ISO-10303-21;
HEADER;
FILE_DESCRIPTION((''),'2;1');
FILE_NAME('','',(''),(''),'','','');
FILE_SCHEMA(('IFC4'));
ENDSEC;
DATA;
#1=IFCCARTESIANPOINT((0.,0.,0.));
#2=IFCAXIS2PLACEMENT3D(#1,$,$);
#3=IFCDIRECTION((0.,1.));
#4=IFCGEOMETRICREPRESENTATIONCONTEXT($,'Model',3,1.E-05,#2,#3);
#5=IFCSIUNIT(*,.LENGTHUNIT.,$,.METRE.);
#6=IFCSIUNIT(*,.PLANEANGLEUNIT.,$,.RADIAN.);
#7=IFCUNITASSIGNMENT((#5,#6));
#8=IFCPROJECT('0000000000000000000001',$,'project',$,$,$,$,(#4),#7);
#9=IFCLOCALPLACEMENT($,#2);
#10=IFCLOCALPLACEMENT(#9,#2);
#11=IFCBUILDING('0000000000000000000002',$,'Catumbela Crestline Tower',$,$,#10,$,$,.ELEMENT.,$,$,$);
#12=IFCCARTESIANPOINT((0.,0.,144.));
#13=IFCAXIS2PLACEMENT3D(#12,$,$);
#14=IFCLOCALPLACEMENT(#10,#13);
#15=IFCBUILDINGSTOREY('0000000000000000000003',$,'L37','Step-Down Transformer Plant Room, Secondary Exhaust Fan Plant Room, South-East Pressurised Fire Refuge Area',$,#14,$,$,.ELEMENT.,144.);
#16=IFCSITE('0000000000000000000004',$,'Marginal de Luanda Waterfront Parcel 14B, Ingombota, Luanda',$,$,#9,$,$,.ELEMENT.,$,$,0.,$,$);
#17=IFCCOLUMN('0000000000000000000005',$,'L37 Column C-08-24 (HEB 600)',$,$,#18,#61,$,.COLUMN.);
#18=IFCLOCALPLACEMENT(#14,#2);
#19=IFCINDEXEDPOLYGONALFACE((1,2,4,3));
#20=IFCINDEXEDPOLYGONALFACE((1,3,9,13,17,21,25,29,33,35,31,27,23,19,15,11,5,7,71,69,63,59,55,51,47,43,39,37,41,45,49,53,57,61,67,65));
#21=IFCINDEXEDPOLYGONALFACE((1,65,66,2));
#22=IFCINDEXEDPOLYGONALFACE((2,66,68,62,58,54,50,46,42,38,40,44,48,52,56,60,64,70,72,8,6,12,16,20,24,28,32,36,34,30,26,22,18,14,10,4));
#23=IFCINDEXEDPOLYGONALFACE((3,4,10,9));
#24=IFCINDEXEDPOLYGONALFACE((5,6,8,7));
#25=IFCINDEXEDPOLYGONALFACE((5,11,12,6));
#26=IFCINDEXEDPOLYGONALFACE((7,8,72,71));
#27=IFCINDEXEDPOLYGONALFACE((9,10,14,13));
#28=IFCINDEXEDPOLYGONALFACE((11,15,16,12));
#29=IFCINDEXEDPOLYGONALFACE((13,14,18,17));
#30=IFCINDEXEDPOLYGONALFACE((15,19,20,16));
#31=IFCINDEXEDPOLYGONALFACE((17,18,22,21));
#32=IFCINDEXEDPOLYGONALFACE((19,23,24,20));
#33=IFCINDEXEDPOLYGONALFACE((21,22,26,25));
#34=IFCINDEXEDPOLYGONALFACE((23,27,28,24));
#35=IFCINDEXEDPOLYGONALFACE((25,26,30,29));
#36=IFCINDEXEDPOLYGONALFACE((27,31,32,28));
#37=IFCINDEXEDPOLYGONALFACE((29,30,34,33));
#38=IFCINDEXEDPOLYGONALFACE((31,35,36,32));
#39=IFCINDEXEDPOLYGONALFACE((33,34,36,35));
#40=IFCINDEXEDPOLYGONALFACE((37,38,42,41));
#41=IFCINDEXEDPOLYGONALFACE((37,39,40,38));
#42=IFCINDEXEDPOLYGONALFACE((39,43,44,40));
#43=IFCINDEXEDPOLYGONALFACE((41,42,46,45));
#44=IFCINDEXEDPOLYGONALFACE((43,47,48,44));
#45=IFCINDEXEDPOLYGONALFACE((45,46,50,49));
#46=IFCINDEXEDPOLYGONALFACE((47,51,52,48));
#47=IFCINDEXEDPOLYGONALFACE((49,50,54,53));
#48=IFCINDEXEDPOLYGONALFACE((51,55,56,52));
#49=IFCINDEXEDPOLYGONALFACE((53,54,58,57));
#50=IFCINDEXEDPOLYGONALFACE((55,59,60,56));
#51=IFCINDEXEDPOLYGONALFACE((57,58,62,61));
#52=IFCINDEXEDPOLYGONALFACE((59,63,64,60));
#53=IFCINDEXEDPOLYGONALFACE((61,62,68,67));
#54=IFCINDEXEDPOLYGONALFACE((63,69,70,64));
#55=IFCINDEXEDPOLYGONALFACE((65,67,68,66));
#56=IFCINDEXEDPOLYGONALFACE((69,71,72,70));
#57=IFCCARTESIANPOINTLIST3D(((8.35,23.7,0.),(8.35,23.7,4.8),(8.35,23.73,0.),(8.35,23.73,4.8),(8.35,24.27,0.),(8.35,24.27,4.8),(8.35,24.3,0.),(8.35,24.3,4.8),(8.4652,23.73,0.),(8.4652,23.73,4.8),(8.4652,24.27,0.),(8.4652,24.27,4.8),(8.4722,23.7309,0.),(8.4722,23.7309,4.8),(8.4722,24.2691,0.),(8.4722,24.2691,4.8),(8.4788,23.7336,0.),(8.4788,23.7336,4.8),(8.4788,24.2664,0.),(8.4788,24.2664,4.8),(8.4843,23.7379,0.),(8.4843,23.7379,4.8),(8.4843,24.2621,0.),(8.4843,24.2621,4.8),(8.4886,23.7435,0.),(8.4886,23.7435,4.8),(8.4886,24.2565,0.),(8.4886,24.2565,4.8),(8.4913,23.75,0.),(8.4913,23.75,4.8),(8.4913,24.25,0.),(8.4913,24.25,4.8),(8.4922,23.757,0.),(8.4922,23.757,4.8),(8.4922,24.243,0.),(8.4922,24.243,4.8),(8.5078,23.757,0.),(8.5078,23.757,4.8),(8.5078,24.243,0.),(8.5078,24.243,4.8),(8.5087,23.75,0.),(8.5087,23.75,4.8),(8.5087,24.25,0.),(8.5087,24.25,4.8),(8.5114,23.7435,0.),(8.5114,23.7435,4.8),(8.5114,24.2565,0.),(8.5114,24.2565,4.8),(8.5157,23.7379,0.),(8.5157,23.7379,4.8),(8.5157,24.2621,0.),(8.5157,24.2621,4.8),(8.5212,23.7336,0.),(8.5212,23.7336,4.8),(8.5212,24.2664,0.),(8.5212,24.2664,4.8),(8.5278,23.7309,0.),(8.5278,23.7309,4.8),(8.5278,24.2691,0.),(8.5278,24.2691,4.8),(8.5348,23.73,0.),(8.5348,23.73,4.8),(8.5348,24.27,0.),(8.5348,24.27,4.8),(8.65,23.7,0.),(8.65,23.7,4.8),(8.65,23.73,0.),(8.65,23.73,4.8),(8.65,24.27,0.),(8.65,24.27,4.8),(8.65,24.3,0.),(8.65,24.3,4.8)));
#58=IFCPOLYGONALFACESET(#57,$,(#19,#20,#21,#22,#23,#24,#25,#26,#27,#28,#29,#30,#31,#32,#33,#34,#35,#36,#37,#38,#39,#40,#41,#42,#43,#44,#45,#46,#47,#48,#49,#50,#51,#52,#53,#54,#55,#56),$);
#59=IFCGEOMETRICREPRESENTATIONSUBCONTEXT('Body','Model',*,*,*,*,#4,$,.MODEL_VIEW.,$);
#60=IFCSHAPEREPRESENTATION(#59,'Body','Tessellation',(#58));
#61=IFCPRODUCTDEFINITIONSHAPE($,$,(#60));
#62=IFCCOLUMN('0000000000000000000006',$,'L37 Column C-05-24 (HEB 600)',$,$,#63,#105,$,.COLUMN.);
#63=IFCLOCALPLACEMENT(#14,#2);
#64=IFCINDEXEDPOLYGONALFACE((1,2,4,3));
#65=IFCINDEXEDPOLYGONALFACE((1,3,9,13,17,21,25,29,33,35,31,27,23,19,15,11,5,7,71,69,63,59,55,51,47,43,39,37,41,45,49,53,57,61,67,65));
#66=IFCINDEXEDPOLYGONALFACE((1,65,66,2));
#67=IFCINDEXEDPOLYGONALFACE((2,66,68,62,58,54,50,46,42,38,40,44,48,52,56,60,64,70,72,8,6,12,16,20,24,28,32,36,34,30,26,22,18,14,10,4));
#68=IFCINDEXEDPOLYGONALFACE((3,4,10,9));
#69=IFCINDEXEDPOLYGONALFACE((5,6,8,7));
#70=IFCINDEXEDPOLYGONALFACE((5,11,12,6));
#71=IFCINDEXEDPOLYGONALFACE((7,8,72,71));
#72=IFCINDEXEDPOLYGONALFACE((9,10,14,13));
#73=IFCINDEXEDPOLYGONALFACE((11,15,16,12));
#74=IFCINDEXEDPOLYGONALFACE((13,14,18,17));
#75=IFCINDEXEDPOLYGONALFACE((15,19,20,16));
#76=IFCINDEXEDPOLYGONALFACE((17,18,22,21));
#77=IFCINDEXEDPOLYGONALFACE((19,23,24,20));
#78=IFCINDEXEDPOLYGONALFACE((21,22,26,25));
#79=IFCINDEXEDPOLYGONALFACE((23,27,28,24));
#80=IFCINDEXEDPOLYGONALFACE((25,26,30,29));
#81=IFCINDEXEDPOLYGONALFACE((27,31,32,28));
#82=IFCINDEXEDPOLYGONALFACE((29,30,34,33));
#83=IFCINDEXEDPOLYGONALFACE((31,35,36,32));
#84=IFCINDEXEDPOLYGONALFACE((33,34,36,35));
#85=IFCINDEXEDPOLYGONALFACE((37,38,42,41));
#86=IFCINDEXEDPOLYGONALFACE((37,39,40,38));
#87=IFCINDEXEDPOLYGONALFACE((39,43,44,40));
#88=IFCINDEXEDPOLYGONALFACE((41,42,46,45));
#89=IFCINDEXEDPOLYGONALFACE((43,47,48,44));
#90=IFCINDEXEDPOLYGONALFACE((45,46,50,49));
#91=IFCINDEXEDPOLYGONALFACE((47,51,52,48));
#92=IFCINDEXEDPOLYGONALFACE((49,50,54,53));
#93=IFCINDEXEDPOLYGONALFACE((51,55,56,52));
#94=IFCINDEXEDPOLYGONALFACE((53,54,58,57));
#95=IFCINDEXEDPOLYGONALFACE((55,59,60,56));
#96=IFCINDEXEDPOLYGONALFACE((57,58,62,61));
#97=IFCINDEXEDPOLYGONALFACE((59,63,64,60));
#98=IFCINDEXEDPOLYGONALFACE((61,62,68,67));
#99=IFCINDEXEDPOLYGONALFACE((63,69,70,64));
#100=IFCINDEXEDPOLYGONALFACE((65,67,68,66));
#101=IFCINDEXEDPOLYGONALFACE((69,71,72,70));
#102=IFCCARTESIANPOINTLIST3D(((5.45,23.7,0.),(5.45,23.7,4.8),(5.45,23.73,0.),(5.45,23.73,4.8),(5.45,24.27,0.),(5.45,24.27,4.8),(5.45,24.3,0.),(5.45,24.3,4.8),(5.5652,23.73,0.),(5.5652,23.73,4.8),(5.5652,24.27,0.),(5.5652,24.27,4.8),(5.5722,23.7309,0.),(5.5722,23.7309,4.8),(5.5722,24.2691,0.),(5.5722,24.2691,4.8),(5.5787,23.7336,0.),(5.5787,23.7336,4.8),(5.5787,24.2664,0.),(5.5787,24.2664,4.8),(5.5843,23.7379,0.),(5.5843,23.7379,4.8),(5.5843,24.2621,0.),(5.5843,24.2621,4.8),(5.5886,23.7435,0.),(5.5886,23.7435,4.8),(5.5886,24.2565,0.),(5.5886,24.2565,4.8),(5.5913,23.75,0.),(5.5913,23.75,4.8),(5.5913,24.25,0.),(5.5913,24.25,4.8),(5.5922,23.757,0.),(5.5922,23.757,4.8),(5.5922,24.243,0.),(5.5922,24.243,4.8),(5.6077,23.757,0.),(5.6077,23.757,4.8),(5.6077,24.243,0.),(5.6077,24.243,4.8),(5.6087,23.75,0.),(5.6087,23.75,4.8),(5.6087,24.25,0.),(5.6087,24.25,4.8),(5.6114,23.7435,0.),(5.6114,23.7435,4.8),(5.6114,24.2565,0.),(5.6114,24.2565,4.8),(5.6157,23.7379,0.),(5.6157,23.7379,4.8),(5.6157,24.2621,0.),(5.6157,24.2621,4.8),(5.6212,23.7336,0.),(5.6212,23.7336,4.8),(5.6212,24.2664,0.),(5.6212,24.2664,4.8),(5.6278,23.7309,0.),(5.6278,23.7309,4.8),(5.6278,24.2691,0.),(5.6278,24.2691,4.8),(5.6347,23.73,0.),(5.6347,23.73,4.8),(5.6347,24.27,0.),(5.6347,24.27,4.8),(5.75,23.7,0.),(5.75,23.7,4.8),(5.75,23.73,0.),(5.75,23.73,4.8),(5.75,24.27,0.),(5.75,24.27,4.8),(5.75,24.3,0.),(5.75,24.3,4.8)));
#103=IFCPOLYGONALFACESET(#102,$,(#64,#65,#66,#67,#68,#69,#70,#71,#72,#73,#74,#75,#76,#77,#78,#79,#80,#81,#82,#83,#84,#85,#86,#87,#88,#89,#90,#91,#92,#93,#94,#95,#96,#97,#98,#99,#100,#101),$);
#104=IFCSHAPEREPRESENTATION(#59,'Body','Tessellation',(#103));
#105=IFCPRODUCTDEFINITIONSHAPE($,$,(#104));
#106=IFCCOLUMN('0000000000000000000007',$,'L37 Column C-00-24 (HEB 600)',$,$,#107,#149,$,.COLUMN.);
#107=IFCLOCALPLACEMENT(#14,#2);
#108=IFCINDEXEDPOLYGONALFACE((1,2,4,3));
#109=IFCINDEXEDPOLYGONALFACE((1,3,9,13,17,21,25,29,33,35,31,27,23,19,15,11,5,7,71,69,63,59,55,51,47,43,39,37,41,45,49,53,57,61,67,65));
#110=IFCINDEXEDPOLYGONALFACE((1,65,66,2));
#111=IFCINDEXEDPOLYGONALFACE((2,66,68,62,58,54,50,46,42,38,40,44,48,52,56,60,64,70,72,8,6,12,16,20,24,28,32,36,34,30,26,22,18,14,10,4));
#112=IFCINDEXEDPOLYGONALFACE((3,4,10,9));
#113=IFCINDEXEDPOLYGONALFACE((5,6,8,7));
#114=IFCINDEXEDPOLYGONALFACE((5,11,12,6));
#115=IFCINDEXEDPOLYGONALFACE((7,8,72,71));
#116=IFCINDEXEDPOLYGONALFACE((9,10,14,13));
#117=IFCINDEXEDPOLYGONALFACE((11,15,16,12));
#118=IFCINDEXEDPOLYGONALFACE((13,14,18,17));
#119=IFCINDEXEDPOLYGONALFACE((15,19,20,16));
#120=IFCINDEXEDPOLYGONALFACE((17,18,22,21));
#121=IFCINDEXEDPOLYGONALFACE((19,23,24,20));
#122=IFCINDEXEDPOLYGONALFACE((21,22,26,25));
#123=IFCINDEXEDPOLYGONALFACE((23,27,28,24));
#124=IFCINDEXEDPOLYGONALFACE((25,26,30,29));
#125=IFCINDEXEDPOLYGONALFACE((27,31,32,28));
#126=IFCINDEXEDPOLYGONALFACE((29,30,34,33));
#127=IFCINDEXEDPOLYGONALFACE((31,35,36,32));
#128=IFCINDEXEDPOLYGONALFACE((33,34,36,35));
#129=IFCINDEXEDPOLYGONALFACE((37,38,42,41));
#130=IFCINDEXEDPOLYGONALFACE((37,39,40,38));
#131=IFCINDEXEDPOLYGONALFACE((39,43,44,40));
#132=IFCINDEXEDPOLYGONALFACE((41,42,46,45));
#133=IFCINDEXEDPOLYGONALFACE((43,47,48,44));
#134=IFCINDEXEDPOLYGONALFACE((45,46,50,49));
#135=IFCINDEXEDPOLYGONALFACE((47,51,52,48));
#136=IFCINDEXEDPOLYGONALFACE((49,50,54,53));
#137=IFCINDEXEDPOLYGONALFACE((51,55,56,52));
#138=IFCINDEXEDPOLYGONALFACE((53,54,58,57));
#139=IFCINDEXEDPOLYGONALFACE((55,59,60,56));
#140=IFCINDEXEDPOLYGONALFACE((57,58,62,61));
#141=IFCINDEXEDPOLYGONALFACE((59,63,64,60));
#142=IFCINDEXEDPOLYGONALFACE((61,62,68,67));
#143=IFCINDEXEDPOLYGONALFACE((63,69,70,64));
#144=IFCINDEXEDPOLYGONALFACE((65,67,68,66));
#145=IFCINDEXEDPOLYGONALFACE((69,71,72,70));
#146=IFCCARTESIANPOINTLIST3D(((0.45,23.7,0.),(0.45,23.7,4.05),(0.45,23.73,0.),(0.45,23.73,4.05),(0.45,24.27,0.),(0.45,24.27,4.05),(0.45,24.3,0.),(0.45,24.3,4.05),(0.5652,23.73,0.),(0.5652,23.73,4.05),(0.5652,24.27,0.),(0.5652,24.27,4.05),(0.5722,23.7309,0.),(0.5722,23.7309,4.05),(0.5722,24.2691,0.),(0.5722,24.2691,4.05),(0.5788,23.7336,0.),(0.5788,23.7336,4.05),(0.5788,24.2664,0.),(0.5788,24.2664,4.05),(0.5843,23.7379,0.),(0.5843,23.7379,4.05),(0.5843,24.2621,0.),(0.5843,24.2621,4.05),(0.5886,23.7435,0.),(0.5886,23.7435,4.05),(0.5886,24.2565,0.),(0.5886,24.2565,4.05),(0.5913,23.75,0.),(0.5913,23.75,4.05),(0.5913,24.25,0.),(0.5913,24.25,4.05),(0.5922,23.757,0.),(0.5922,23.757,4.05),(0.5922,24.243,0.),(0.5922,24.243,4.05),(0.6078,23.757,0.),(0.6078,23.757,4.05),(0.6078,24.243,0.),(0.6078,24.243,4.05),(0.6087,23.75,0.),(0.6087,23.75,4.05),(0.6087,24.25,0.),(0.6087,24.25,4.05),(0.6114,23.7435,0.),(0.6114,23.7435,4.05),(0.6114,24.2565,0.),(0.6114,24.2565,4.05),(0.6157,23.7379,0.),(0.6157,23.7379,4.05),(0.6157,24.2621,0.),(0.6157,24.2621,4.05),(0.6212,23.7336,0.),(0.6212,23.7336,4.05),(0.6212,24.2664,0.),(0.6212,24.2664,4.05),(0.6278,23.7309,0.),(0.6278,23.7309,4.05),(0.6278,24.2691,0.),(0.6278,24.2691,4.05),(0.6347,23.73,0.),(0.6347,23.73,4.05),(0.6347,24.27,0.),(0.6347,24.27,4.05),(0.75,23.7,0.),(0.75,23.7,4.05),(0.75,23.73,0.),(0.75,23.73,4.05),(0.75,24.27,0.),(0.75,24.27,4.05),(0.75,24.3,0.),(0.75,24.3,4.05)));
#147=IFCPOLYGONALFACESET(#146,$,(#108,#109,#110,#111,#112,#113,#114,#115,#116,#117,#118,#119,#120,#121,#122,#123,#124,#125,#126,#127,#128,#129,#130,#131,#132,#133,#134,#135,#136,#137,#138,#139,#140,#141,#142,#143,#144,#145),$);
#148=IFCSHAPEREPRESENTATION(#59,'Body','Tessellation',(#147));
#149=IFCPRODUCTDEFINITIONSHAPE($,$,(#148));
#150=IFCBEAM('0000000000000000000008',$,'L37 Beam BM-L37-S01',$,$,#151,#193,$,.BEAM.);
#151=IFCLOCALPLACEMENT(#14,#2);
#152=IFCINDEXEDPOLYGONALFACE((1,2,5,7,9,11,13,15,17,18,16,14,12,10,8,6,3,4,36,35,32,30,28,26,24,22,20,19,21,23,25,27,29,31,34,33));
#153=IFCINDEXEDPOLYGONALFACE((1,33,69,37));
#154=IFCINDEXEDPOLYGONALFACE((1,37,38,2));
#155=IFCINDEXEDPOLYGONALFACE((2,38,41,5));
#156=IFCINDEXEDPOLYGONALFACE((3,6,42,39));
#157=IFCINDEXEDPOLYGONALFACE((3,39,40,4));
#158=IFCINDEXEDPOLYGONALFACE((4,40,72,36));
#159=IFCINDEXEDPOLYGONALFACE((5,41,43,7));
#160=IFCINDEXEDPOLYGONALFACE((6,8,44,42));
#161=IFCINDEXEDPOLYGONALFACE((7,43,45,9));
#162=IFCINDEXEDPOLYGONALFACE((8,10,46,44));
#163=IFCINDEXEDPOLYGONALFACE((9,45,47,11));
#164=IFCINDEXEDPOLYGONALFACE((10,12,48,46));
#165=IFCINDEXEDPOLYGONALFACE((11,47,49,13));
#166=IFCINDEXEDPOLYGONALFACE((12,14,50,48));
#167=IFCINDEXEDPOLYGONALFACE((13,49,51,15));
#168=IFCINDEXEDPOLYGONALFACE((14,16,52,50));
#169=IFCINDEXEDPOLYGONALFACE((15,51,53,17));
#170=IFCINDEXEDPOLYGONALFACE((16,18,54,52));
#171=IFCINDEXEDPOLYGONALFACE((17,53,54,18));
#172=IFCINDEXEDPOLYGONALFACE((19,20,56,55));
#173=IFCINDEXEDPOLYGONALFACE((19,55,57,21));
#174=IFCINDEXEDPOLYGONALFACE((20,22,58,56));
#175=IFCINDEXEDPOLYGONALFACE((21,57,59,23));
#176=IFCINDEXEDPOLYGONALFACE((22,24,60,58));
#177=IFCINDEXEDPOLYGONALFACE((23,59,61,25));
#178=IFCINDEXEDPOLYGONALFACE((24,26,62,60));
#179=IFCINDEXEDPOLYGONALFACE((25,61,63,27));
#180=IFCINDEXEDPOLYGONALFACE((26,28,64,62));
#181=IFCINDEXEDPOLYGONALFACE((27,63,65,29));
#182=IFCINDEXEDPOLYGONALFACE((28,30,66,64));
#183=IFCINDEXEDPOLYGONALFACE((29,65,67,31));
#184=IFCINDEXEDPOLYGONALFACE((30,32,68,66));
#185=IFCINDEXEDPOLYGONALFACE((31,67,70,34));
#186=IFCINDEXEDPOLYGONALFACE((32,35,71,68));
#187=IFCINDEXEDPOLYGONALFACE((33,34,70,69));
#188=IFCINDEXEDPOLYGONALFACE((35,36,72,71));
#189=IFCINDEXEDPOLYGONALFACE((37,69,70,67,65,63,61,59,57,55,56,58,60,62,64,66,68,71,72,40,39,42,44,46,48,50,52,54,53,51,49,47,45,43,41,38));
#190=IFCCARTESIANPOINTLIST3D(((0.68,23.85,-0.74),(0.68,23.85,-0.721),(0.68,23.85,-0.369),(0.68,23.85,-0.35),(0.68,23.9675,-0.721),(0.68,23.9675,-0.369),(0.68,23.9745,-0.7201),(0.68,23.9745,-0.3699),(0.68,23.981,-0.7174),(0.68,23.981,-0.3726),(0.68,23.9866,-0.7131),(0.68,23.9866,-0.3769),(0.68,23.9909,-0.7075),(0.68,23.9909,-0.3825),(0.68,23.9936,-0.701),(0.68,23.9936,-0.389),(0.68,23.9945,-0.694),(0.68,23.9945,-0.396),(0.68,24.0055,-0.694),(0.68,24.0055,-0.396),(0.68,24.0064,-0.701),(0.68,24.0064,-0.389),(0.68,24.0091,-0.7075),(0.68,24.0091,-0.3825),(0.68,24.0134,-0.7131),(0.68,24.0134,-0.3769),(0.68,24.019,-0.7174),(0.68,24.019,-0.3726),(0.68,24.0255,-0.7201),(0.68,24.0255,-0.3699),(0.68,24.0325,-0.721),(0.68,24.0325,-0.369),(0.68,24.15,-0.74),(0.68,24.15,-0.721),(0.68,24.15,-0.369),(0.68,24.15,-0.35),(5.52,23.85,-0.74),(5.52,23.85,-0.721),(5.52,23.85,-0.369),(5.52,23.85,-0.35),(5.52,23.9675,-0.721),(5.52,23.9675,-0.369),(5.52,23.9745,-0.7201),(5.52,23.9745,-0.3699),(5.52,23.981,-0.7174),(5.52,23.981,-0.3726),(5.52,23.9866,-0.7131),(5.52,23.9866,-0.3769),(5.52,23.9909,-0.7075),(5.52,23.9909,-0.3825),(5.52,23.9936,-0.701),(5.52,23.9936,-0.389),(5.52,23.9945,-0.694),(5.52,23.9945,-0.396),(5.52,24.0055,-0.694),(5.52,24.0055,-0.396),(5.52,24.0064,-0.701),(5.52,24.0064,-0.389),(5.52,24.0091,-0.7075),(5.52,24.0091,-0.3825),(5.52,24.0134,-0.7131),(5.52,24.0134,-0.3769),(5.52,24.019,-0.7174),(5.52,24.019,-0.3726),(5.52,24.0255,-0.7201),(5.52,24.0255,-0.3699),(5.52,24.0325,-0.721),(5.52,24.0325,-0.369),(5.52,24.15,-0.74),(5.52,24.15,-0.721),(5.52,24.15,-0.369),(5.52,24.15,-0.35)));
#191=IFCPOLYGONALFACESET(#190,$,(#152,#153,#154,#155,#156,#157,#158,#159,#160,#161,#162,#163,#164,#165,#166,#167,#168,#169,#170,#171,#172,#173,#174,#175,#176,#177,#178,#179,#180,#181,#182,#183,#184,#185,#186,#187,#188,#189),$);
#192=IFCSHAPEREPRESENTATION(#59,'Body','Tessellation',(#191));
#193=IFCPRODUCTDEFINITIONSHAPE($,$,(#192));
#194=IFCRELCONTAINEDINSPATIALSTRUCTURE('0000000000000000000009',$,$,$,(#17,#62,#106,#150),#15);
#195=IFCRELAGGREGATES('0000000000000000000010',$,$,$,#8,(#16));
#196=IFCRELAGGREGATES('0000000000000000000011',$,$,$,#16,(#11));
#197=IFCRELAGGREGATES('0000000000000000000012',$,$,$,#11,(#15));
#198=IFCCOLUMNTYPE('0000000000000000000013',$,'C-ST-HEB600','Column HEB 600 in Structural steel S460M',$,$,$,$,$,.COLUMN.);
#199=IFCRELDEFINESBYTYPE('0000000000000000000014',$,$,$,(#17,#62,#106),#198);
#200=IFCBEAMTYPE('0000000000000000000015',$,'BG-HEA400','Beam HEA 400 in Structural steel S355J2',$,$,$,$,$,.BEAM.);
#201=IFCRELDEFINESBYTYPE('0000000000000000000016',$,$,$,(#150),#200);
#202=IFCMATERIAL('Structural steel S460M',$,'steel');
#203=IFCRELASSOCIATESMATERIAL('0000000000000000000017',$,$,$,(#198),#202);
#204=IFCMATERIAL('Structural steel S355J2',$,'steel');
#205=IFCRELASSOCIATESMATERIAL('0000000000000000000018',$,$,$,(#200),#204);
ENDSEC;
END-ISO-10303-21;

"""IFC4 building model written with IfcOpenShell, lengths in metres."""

from ifc_helpers import new_model, si_unit, direction, frame, origin, origin_2d, place, context, subcontext, project, spatial, i_section, extrude, material, material_profile, profile_set, type_object, element, save


model = new_model("IFC4")

# Units and contexts
model_context = context("Model", 3, precision=1e-05, world=origin(), true_north=direction((0.0, 1.0)))
body_context = subcontext(model_context, "Body", "Model", "MODEL_VIEW")
ifc_project = project(units=[si_unit("LENGTHUNIT", "METRE"), si_unit("PLANEANGLEUNIT", "RADIAN")], contexts=[model_context])

# Site, building, storey
site_placement = place(None, origin())
site = spatial("IfcSite", under=ifc_project, at=site_placement, Name="Marginal de Luanda Waterfront Parcel 14B, Ingombota, Luanda", CompositionType="ELEMENT", RefElevation=0.0)
building_placement = place(site_placement, origin())
building = spatial("IfcBuilding", under=site, at=building_placement, Name="Catumbela Crestline Tower", CompositionType="ELEMENT")
storey_placement = place(building_placement, frame((0.0, 0.0, 144.0)))
storey = spatial("IfcBuildingStorey", under=building, at=storey_placement, Name="L37", Description="Step-Down Transformer Plant Room, Secondary Exhaust Fan Plant Room, South-East Pressurised Fire Refuge Area", CompositionType="ELEMENT", Elevation=144.0)

# Columns
ifc_material_1 = material(Name="Structural steel S460M", Category="steel")
ifc_material_profile_1 = material_profile(ifc_material_1, i_section(OverallWidth=0.3, OverallDepth=0.6, WebThickness=0.0155, FlangeThickness=0.03, FilletRadius=0.027, at=origin_2d()), Name="HEB 600")
ifc_profile_set_1 = profile_set([ifc_material_profile_1], Name="Structural steel S460M")
column_type = type_object("IfcColumnType", Name="C-ST-HEB600", Description="Column HEB 600 in Structural steel S460M", PredefinedType="COLUMN", material=ifc_profile_set_1)
for number, where, z_axis, x_axis, name in (
    (1, (8.5, 24.0, 0.0), (0.0, 0.0, 1.0), (1.0, 0.0, 0.0), "L37 Column C-08-24 (HEB 600)"),
    (2, (5.6, 24.0, 0.0), (0.0, 0.0, 1.0), (1.0, 0.0, 0.0), "L37 Column C-05-24 (HEB 600)"),
):
    element("IfcColumn", number, at=place(storey_placement, frame(where, z_axis=z_axis, x_axis=x_axis)), inside=storey, type_object=column_type, Name=name, PredefinedType="COLUMN", context=body_context, shape_type="SweptSolid", body=[
        extrude(i_section(OverallWidth=0.3, OverallDepth=0.6, WebThickness=0.0155, FlangeThickness=0.03, FilletRadius=0.027, at=origin_2d()), origin(), (0.0, 0.0, 1.0), 4.8),
    ])
column_placement = place(storey_placement, frame((0.6, 24.0, 0.0), z_axis=(0.0, 0.0, 1.0), x_axis=(1.0, 0.0, 0.0)))
element("IfcColumn", 3, at=column_placement, inside=storey, type_object=column_type, Name="L37 Column C-00-24 (HEB 600)", PredefinedType="COLUMN", context=body_context, shape_type="SweptSolid", body=[
    extrude(i_section(OverallWidth=0.3, OverallDepth=0.6, WebThickness=0.0155, FlangeThickness=0.03, FilletRadius=0.027, at=origin_2d()), origin(), (0.0, 0.0, 1.0), 4.05),
])

# Beam
ifc_material_2 = material(Name="Structural steel S355J2", Category="steel")
ifc_material_profile_2 = material_profile(ifc_material_2, i_section(OverallWidth=0.3, OverallDepth=0.39, WebThickness=0.011, FlangeThickness=0.019, FilletRadius=0.027, at=origin_2d()), Name="HEA 400")
ifc_profile_set_2 = profile_set([ifc_material_profile_2], Name="Structural steel S355J2")
beam_type_1 = type_object("IfcBeamType", Name="BG-HEA400", Description="Beam HEA 400 in Structural steel S355J2", PredefinedType="BEAM", material=ifc_profile_set_2)
beam_1_placement = place(storey_placement, frame((0.68, 24.0, -0.545), z_axis=(1.0, 0.0, 0.0), x_axis=(0.0, 1.0, 0.0)))
element("IfcBeam", 4, at=beam_1_placement, inside=storey, type_object=beam_type_1, Name="L37 Beam BM-L37-S01", PredefinedType="BEAM", context=body_context, shape_type="SweptSolid", body=[
    extrude(i_section(OverallWidth=0.3, OverallDepth=0.39, WebThickness=0.011, FlangeThickness=0.019, FilletRadius=0.027, at=origin_2d()), origin(), (0.0, 0.0, 1.0), 4.84),
])

save(model, "model.ifc")
